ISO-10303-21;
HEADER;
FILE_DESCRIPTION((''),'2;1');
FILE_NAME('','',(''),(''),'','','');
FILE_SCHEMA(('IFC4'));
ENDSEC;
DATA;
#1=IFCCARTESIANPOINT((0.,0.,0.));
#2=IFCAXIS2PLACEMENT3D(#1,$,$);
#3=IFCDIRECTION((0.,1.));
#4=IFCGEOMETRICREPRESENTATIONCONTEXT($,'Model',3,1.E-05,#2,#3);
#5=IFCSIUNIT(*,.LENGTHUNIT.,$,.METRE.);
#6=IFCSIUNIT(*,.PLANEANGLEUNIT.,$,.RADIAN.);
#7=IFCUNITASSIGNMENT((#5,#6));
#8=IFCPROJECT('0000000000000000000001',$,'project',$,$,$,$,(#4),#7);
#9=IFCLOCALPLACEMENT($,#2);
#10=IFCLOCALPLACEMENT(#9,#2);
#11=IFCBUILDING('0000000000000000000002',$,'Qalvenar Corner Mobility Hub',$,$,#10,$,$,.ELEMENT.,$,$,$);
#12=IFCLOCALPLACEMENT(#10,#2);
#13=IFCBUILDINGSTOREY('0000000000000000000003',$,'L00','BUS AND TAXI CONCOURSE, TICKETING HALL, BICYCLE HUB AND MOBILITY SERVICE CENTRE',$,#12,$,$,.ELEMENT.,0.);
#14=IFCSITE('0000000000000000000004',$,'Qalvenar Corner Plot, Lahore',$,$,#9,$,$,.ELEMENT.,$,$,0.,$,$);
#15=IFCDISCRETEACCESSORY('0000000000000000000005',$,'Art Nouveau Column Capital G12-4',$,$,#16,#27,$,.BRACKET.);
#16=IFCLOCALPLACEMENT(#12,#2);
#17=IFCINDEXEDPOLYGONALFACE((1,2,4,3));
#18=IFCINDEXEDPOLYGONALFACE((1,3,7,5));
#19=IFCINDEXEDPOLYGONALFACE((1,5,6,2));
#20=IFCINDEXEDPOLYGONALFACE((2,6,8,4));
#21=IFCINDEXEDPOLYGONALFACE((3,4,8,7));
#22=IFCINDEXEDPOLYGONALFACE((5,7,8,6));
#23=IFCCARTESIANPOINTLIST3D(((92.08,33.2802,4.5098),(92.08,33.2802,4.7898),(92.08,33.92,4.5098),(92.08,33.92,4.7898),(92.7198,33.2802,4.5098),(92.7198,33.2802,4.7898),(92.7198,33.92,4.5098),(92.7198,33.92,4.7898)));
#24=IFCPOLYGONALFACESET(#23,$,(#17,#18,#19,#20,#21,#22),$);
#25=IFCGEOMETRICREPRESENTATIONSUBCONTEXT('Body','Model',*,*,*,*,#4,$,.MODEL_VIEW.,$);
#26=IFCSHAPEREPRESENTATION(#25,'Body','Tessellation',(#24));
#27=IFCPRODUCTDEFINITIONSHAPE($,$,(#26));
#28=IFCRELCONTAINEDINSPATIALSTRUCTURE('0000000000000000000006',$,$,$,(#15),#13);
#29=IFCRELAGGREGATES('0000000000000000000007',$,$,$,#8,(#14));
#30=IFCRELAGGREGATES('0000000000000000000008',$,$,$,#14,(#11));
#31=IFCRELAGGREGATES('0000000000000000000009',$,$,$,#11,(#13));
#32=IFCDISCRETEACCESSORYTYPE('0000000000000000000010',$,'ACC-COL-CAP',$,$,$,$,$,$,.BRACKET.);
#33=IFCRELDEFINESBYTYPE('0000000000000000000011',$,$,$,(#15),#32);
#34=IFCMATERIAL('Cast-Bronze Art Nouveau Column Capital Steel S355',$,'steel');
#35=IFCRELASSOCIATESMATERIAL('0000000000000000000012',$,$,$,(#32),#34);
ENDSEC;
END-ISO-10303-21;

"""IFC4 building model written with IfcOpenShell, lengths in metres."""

from ifc_helpers import new_model, si_unit, direction, frame, origin, origin_2d, place, context, subcontext, project, spatial, rectangle, extrude, material, type_object, element, save


model = new_model("IFC4")

# Units and contexts
model_context = context("Model", 3, precision=1e-05, world=origin(), true_north=direction((0.0, 1.0)))
body_context = subcontext(model_context, "Body", "Model", "MODEL_VIEW")
ifc_project = project(units=[si_unit("LENGTHUNIT", "METRE"), si_unit("PLANEANGLEUNIT", "RADIAN")], contexts=[model_context])

# Site, building, storey
site_placement = place(None, origin())
site = spatial("IfcSite", under=ifc_project, at=site_placement, Name="Qalvenar Corner Plot, Lahore", CompositionType="ELEMENT", RefElevation=0.0)
building_placement = place(site_placement, origin())
building = spatial("IfcBuilding", under=site, at=building_placement, Name="Qalvenar Corner Mobility Hub", CompositionType="ELEMENT")
storey_placement = place(building_placement, origin())
storey = spatial("IfcBuildingStorey", under=building, at=storey_placement, Name="L00", Description="BUS AND TAXI CONCOURSE, TICKETING HALL, BICYCLE HUB AND MOBILITY SERVICE CENTRE", CompositionType="ELEMENT", Elevation=0.0)

# Discrete accessory
ifc_material_1 = material(Name="Cast-Bronze Art Nouveau Column Capital Steel S355", Category="steel")
discrete_accessory_type = type_object("IfcDiscreteAccessoryType", Name="ACC-COL-CAP", PredefinedType="BRACKET", material=ifc_material_1)
discrete_accessory_placement = place(storey_placement, frame((92.3999, 33.6001, 4.5098), z_axis=(0.0, 0.0, 1.0), x_axis=(1.0, 0.0, 0.0)))
element("IfcDiscreteAccessory", 1, at=discrete_accessory_placement, inside=storey, type_object=discrete_accessory_type, Name="Art Nouveau Column Capital G12-4", PredefinedType="BRACKET", context=body_context, shape_type="SweptSolid", body=[
    extrude(rectangle(XDim=0.6399, YDim=0.6399, at=origin_2d()), origin(), (0.0, 0.0, 1.0), 0.28),
])

save(model, "model.ifc")
